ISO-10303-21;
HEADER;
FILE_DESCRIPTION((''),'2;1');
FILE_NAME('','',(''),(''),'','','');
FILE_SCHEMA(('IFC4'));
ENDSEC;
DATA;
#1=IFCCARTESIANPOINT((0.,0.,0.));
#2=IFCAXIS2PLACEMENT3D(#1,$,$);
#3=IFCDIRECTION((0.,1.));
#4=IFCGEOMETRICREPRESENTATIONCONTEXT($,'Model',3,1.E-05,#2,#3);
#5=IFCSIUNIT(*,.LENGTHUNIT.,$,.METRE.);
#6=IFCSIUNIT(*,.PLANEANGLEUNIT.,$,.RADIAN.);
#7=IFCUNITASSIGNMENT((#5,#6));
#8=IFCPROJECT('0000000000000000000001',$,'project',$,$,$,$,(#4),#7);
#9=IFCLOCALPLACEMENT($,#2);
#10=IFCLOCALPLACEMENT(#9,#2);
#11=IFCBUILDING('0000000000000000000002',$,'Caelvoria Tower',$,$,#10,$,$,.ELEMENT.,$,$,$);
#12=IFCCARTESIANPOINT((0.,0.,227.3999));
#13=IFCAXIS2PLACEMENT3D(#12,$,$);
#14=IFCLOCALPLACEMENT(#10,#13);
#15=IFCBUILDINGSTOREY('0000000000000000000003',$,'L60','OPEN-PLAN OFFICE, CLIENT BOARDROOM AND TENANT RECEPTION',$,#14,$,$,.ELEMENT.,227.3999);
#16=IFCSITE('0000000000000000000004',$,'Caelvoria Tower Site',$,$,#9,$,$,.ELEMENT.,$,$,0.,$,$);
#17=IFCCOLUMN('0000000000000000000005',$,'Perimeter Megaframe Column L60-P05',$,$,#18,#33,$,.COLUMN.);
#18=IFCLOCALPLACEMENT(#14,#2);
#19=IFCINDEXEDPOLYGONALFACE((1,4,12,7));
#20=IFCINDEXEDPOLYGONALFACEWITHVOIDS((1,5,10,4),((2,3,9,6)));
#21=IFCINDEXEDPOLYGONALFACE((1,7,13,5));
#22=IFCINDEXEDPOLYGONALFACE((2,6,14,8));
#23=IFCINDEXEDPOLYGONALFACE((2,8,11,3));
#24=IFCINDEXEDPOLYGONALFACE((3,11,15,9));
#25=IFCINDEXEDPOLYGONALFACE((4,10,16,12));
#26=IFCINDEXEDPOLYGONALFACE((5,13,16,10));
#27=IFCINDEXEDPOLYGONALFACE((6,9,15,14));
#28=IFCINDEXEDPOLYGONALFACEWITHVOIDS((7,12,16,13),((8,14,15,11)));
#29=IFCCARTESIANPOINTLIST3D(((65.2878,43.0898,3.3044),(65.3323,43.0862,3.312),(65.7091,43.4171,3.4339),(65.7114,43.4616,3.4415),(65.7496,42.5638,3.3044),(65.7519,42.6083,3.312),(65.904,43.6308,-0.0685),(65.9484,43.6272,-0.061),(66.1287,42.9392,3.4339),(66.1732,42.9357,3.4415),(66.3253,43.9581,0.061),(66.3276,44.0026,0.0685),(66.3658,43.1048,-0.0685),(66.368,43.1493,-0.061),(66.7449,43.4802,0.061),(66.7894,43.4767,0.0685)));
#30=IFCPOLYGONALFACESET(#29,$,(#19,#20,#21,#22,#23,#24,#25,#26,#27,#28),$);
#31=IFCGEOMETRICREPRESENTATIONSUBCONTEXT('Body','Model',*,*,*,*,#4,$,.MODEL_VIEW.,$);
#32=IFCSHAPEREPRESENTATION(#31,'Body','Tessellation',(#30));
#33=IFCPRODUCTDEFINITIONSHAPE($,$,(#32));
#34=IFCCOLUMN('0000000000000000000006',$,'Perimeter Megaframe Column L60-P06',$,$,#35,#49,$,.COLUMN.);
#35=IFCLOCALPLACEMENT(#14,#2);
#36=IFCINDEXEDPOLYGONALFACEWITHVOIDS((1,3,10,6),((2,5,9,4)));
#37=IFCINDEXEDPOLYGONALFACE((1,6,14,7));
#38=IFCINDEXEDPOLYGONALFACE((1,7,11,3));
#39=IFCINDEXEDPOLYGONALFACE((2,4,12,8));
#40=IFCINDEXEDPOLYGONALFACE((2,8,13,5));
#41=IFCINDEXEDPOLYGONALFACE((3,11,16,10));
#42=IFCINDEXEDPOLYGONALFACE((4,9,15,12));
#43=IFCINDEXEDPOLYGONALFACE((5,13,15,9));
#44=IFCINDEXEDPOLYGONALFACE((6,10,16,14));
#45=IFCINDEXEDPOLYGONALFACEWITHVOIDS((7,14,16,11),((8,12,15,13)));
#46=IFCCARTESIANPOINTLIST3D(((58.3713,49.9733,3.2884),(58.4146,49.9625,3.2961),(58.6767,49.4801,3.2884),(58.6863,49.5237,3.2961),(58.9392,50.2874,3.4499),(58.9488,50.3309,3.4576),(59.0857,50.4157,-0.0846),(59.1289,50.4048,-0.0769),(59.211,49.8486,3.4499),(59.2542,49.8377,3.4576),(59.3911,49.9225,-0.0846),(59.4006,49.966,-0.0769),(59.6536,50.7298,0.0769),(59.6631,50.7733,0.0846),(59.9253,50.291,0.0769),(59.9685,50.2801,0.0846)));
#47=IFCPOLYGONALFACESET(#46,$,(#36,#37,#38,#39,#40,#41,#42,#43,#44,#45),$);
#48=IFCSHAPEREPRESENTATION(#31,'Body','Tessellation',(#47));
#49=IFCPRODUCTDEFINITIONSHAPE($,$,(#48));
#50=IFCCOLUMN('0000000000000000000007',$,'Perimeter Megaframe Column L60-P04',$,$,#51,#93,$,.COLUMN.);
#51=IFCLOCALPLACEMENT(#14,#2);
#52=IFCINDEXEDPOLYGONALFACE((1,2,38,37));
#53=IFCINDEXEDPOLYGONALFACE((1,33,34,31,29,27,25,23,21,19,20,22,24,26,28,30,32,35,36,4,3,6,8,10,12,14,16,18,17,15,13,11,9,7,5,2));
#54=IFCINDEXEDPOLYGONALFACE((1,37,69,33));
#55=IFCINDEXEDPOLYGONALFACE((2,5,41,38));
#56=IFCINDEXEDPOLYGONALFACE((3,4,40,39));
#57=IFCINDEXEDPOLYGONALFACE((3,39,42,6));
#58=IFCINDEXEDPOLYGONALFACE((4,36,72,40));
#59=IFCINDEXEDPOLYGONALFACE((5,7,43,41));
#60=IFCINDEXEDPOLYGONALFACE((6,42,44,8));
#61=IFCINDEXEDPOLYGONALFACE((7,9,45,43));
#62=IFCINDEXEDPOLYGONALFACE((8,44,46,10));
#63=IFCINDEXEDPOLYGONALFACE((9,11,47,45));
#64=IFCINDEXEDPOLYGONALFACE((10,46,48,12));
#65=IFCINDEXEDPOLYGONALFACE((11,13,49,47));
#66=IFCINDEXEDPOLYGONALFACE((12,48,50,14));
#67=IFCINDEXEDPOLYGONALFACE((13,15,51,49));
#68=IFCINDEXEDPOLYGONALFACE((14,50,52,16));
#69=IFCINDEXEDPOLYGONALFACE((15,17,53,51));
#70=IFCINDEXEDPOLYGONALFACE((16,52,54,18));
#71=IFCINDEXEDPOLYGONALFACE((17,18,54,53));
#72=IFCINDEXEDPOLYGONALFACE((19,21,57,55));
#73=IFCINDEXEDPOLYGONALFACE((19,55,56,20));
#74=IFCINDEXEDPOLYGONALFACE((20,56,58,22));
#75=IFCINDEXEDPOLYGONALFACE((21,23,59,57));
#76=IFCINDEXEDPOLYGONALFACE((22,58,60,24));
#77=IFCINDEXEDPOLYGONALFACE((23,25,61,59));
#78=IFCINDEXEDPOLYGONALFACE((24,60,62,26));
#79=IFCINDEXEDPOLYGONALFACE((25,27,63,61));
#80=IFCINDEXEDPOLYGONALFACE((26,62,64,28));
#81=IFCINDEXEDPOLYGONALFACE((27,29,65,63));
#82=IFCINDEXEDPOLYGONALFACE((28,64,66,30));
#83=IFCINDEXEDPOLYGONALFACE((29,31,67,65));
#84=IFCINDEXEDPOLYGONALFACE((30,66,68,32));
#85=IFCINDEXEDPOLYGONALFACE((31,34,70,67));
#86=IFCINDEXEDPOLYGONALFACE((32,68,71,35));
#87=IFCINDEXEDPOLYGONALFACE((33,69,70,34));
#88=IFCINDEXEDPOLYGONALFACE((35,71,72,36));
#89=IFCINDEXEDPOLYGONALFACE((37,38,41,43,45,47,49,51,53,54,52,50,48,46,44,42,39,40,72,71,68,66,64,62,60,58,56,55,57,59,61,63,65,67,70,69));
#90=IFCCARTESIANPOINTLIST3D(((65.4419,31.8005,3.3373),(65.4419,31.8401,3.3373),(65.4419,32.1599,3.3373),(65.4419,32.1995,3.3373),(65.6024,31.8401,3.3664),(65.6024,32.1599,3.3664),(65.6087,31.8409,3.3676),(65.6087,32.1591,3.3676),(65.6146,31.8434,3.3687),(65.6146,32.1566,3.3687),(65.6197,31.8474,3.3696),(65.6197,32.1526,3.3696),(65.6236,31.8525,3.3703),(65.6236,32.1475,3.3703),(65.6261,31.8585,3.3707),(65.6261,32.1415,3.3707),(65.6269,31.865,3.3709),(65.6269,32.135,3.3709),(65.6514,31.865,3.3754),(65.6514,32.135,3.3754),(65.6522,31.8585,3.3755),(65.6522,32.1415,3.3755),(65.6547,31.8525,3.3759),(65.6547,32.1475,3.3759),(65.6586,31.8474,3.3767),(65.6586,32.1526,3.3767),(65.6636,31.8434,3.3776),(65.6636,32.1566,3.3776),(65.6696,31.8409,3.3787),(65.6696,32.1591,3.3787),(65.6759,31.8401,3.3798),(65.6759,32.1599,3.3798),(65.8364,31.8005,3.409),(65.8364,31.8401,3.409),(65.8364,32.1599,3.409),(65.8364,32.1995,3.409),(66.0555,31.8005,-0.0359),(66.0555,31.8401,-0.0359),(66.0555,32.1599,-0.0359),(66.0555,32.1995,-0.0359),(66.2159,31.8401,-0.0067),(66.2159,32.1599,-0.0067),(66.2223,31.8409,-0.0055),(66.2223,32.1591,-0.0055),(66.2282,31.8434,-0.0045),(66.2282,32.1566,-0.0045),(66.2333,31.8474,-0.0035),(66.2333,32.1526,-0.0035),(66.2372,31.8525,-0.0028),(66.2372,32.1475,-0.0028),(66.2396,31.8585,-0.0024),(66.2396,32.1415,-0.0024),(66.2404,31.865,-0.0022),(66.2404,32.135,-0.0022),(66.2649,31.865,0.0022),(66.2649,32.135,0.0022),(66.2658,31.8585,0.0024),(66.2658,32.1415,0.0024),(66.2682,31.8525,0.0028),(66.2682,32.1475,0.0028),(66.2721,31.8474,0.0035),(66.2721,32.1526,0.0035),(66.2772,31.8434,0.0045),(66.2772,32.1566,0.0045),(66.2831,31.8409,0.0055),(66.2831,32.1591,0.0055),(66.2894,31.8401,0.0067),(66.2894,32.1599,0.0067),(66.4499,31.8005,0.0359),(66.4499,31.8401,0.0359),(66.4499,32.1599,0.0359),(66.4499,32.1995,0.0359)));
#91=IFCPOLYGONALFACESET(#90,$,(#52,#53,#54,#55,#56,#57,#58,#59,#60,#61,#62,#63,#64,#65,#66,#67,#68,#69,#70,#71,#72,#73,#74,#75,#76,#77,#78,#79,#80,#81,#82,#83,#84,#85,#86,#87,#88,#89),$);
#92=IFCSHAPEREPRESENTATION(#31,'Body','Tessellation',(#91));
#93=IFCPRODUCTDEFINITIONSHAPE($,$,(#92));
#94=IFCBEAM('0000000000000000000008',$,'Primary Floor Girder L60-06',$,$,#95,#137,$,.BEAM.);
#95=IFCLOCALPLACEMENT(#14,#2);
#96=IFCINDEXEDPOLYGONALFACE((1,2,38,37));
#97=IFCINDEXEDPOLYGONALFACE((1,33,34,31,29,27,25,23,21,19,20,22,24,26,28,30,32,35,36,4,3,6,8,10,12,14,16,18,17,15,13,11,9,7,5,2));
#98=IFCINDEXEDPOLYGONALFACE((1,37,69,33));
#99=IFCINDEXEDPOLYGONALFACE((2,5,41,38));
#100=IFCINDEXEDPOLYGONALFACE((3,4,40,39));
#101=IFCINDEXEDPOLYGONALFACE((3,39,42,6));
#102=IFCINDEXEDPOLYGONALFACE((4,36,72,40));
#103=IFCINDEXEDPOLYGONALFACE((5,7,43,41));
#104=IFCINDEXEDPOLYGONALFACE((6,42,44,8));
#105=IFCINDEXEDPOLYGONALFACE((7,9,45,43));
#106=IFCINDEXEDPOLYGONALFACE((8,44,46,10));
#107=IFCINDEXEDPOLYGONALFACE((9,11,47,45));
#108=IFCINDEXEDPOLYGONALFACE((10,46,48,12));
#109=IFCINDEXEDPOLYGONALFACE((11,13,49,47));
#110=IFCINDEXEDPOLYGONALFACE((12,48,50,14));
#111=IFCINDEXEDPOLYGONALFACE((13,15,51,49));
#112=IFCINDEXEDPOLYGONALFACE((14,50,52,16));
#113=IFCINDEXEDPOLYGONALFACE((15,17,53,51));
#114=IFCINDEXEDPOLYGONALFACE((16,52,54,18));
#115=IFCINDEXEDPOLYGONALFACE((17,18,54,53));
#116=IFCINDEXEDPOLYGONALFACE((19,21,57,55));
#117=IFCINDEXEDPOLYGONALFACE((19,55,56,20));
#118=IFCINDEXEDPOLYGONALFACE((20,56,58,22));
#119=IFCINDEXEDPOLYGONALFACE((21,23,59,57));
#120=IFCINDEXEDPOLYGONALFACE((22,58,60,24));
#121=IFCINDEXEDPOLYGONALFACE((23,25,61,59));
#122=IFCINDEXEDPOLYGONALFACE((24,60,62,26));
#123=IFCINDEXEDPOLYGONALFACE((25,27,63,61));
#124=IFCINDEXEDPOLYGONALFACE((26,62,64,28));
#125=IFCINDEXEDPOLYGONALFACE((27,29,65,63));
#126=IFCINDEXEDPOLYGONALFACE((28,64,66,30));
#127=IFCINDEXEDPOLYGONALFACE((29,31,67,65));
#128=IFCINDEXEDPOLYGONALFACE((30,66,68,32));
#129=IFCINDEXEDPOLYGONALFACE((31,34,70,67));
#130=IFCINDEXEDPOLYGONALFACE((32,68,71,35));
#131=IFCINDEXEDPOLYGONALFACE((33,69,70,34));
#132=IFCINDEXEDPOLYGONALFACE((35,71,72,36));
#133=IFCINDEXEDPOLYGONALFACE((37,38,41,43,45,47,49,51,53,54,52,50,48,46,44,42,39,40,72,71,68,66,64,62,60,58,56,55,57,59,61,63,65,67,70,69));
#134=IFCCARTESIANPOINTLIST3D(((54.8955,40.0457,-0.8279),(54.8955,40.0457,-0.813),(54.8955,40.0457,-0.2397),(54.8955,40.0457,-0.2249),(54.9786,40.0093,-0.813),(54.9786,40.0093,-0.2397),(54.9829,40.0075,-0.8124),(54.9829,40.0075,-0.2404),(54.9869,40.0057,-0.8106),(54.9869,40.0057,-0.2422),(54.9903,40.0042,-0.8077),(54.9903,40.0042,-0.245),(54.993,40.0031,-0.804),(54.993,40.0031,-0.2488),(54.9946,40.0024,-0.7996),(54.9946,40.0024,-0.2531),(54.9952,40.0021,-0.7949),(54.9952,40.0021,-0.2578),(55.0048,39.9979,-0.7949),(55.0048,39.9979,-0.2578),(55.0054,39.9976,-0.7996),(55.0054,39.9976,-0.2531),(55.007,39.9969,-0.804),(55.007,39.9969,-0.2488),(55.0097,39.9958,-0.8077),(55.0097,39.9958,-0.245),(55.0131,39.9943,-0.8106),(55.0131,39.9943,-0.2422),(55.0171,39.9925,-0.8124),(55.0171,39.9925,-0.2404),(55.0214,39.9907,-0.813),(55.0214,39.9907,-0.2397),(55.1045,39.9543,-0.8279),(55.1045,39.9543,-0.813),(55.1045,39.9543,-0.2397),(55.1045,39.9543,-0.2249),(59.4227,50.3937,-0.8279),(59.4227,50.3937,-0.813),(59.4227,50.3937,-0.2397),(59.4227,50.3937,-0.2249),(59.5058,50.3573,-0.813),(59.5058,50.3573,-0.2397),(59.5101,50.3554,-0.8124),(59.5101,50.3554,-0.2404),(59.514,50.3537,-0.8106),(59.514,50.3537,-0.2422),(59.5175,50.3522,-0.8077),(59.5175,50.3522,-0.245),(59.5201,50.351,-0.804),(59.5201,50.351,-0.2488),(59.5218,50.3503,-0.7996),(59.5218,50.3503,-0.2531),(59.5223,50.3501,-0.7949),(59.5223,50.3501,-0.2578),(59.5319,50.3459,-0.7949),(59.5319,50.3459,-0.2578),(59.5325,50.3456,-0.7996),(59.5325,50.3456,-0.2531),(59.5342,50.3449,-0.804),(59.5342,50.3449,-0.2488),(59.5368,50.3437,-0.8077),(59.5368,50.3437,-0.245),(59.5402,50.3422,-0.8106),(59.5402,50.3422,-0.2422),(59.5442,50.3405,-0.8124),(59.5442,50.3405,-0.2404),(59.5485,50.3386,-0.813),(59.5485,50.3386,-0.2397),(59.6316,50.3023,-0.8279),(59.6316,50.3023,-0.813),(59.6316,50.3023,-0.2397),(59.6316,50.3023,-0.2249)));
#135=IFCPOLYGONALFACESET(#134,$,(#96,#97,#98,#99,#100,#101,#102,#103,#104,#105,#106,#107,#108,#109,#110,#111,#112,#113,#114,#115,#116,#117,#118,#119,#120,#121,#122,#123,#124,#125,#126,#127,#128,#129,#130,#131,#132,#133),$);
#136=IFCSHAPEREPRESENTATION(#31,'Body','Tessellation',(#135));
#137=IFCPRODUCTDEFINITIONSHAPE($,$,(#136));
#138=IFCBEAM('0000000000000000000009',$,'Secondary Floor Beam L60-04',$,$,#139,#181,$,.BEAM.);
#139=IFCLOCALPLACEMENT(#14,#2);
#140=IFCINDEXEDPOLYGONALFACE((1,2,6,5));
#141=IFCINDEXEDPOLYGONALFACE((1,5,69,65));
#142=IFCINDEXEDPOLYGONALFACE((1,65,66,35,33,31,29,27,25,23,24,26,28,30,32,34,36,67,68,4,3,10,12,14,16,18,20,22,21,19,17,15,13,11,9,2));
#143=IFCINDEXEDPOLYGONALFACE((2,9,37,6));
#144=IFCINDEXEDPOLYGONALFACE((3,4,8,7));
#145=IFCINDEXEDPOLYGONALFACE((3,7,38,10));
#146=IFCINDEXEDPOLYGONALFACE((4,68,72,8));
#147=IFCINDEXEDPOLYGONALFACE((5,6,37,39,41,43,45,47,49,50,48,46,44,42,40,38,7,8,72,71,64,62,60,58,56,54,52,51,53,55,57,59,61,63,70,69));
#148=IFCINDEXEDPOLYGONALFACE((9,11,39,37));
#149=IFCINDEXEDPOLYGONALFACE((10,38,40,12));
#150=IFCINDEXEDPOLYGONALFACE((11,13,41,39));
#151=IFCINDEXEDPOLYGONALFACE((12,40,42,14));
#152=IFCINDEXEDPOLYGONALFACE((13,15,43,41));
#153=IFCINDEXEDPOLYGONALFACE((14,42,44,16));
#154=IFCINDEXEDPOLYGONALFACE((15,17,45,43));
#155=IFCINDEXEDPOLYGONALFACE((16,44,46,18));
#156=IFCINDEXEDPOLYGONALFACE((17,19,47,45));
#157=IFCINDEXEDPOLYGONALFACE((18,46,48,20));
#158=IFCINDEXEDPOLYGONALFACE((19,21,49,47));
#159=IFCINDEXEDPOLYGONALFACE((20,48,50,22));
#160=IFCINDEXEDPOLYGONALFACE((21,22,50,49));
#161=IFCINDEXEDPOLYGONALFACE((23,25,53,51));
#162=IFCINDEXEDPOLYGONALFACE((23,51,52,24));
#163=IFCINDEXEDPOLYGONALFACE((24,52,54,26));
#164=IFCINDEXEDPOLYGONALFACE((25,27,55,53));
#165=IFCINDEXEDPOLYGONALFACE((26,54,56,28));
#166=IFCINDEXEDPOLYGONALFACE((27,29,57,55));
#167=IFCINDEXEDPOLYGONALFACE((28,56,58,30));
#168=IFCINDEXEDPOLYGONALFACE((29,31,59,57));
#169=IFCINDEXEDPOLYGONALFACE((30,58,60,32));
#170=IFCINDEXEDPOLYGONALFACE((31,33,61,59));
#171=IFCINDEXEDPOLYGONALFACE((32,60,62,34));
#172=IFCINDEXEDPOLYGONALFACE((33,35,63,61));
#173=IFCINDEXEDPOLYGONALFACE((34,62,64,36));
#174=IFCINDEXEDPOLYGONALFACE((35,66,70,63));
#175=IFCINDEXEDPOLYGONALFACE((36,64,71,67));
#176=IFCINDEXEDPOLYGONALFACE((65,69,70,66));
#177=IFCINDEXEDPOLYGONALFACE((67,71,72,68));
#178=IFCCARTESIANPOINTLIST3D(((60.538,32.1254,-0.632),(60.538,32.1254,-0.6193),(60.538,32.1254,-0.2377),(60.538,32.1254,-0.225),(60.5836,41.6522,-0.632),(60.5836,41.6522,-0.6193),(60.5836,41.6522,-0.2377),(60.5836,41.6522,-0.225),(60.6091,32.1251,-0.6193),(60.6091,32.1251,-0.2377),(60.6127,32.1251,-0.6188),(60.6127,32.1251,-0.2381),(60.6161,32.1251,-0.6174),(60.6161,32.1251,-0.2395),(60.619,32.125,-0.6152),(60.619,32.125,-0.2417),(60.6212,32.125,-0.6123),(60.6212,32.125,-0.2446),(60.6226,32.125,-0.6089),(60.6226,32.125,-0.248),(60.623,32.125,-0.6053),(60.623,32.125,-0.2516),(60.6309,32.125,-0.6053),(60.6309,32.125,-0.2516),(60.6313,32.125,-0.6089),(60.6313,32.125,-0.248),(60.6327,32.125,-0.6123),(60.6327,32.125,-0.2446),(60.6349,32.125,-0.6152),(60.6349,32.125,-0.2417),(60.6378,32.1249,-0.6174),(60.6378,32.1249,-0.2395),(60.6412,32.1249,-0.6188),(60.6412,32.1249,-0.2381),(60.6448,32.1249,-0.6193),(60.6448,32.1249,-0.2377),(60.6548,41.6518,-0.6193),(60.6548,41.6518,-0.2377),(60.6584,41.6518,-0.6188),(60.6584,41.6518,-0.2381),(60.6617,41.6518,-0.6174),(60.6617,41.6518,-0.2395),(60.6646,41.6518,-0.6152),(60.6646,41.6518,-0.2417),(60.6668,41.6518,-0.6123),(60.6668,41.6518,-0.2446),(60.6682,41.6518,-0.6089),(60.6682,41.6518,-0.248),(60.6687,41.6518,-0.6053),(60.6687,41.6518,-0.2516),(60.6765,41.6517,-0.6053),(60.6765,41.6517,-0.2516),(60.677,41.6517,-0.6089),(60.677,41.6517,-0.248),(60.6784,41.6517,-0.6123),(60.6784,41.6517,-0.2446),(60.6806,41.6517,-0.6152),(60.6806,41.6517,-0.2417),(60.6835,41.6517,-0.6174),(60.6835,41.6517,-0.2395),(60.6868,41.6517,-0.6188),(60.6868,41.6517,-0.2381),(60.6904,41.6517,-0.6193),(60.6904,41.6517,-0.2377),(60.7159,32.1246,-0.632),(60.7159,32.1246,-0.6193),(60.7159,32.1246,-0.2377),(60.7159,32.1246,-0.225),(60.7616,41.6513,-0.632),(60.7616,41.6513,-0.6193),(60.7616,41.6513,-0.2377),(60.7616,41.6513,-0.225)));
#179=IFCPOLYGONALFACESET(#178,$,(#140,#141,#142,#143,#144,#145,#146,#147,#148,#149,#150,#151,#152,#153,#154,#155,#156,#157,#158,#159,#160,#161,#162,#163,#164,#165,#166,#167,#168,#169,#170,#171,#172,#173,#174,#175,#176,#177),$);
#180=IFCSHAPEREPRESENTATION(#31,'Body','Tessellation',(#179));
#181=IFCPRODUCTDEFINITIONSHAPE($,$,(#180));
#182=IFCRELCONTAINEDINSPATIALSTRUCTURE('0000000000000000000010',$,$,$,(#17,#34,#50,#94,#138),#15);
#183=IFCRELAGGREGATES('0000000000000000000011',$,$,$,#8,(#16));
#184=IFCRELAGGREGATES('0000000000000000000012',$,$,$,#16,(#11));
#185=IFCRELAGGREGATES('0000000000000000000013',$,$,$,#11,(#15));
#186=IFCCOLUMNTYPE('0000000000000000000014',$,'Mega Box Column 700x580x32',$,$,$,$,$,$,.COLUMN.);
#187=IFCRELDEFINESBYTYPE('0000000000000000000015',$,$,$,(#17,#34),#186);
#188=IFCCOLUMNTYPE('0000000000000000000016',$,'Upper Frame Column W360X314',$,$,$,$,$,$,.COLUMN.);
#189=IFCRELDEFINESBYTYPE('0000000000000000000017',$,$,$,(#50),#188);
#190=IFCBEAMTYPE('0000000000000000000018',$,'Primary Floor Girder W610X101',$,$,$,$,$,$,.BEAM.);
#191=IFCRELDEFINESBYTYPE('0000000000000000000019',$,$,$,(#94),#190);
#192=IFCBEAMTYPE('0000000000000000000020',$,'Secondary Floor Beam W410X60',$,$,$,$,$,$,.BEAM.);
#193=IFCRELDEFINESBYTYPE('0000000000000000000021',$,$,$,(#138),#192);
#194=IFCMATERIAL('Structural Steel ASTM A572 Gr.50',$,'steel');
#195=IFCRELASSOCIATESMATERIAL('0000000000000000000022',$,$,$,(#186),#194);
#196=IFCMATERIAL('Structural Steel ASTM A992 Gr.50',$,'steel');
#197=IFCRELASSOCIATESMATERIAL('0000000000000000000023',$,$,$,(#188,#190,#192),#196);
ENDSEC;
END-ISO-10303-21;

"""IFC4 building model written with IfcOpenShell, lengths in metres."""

from ifc_helpers import new_model, si_unit, direction, frame, origin, origin_2d, place, context, subcontext, project, spatial, hollow_rectangle, i_section, extrude, material, material_profile, profile_set, type_object, element, save


model = new_model("IFC4")

# Units and contexts
model_context = context("Model", 3, precision=1e-05, world=origin(), true_north=direction((0.0, 1.0)))
body_context = subcontext(model_context, "Body", "Model", "MODEL_VIEW")
ifc_project = project(units=[si_unit("LENGTHUNIT", "METRE"), si_unit("PLANEANGLEUNIT", "RADIAN")], contexts=[model_context])

# Site, building, storey
site_placement = place(None, origin())
site = spatial("IfcSite", under=ifc_project, at=site_placement, Name="Caelvoria Tower Site", CompositionType="ELEMENT", RefElevation=0.0)
building_placement = place(site_placement, origin())
building = spatial("IfcBuilding", under=site, at=building_placement, Name="Caelvoria Tower", CompositionType="ELEMENT")
storey_placement = place(building_placement, frame((0.0, 0.0, 227.3999)))
storey = spatial("IfcBuildingStorey", under=building, at=storey_placement, Name="L60", Description="OPEN-PLAN OFFICE, CLIENT BOARDROOM AND TENANT RECEPTION", CompositionType="ELEMENT", Elevation=227.3999)

# Columns
ifc_material_1 = material(Name="Structural Steel ASTM A572 Gr.50", Category="steel")
ifc_material_profile_1 = material_profile(ifc_material_1, hollow_rectangle(XDim=0.5801, YDim=0.7, WallThickness=0.032, at=origin_2d()), Name="Structural Steel ASTM A572 Gr.50")
ifc_profile_set_1 = profile_set([ifc_material_profile_1], Name="BOX700X580X32 - Structural Steel ASTM A572 Gr.50")
column_type_1 = type_object("IfcColumnType", Name="Mega Box Column 700x580x32", PredefinedType="COLUMN", material=ifc_profile_set_1)
column_1_placement = place(storey_placement, frame((66.3467, 43.5537, 0.0), z_axis=(-0.177516, -0.155854, 0.971698), x_axis=(0.730201, 0.641096, 0.236226)))
element("IfcColumn", 1, at=column_1_placement, inside=storey, type_object=column_type_1, Name="Perimeter Megaframe Column L60-P05", PredefinedType="COLUMN", context=body_context, shape_type="SweptSolid", body=[
    extrude(hollow_rectangle(XDim=0.5801, YDim=0.7, WallThickness=0.032, at=origin_2d()), origin(), (0.0, 0.0, 1.0), 3.4712),
])
column_2_placement = place(storey_placement, frame((59.5271, 50.3479, 0.0), z_axis=(-0.205503, -0.127263, 0.970347), x_axis=(0.526495, -0.850178, 0.0)))
element("IfcColumn", 2, at=column_2_placement, inside=storey, type_object=column_type_1, Name="Perimeter Megaframe Column L60-P06", PredefinedType="COLUMN", context=body_context, shape_type="SweptSolid", body=[
    extrude(hollow_rectangle(XDim=0.5801, YDim=0.7, WallThickness=0.032, at=origin_2d()), origin(), (0.0, 0.0, 1.0), 3.4761),
])
ifc_material_2 = material(Name="Structural Steel ASTM A992 Gr.50", Category="steel")
ifc_material_profile_2 = material_profile(ifc_material_2, i_section(OverallWidth=0.4009, OverallDepth=0.3989, WebThickness=0.0249, FlangeThickness=0.0396, FilletRadius=0.0249, at=origin_2d()), Name="Structural Steel ASTM A992 Gr.50")
ifc_profile_set_2 = profile_set([ifc_material_profile_2], Name="W360X314 - Structural Steel ASTM A992 Gr.50")
column_type_2 = type_object("IfcColumnType", Name="Upper Frame Column W360X314", PredefinedType="COLUMN", material=ifc_profile_set_2)
column_3_placement = place(storey_placement, frame((66.2527, 32.0, 0.0), z_axis=(-0.178954, 0.0, 0.983857), x_axis=(0.983857, 0.0, 0.178954)))
element("IfcColumn", 3, at=column_3_placement, inside=storey, type_object=column_type_2, Name="Perimeter Megaframe Column L60-P04", PredefinedType="COLUMN", context=body_context, shape_type="SweptSolid", body=[
    extrude(i_section(OverallWidth=0.4009, OverallDepth=0.3989, WebThickness=0.0249, FlangeThickness=0.0396, FilletRadius=0.0249, at=origin_2d()), origin(), (0.0, 0.0, 1.0), 3.4285),
])

# Beams
ifc_material_profile_3 = material_profile(ifc_material_2, i_section(OverallWidth=0.228, OverallDepth=0.603, WebThickness=0.0105, FlangeThickness=0.0149, FilletRadius=0.0181, at=origin_2d()), Name="Structural Steel ASTM A992 Gr.50")
ifc_profile_set_3 = profile_set([ifc_material_profile_3], Name="W610X101 - Structural Steel ASTM A992 Gr.50")
beam_type_1 = type_object("IfcBeamType", Name="Primary Floor Girder W610X101", PredefinedType="BEAM", material=ifc_profile_set_3)
beam_1_placement = place(storey_placement, frame((55.0, 40.0, -0.5264), z_axis=(0.400811, 0.916161, 0.0), x_axis=(-0.916161, 0.400811, 0.0)))
element("IfcBeam", 4, at=beam_1_placement, inside=storey, type_object=beam_type_1, Name="Primary Floor Girder L60-06", PredefinedType="BEAM", context=body_context, shape_type="SweptSolid", body=[
    extrude(i_section(OverallWidth=0.228, OverallDepth=0.603, WebThickness=0.0105, FlangeThickness=0.0149, FilletRadius=0.0181, at=origin_2d()), origin(), (0.0, 0.0, 1.0), 11.2949),
])
ifc_material_profile_4 = material_profile(ifc_material_2, i_section(OverallWidth=0.178, OverallDepth=0.407, WebThickness=0.0078, FlangeThickness=0.0127, FilletRadius=0.0139, at=origin_2d()), Name="Structural Steel ASTM A992 Gr.50")
ifc_profile_set_4 = profile_set([ifc_material_profile_4], Name="W410X60 - Structural Steel ASTM A992 Gr.50")
beam_type_2 = type_object("IfcBeamType", Name="Secondary Floor Beam W410X60", PredefinedType="BEAM", material=ifc_profile_set_4)
beam_2_placement = place(storey_placement, frame((60.627, 32.125, -0.4285), z_axis=(0.004792, 0.999989, 0.0), x_axis=(-0.999989, 0.004792, 0.0)))
element("IfcBeam", 5, at=beam_2_placement, inside=storey, type_object=beam_type_2, Name="Secondary Floor Beam L60-04", PredefinedType="BEAM", context=body_context, shape_type="SweptSolid", body=[
    extrude(i_section(OverallWidth=0.178, OverallDepth=0.407, WebThickness=0.0078, FlangeThickness=0.0127, FilletRadius=0.0139, at=origin_2d()), origin(), (0.0, 0.0, 1.0), 9.5269),
])

save(model, "model.ifc")
